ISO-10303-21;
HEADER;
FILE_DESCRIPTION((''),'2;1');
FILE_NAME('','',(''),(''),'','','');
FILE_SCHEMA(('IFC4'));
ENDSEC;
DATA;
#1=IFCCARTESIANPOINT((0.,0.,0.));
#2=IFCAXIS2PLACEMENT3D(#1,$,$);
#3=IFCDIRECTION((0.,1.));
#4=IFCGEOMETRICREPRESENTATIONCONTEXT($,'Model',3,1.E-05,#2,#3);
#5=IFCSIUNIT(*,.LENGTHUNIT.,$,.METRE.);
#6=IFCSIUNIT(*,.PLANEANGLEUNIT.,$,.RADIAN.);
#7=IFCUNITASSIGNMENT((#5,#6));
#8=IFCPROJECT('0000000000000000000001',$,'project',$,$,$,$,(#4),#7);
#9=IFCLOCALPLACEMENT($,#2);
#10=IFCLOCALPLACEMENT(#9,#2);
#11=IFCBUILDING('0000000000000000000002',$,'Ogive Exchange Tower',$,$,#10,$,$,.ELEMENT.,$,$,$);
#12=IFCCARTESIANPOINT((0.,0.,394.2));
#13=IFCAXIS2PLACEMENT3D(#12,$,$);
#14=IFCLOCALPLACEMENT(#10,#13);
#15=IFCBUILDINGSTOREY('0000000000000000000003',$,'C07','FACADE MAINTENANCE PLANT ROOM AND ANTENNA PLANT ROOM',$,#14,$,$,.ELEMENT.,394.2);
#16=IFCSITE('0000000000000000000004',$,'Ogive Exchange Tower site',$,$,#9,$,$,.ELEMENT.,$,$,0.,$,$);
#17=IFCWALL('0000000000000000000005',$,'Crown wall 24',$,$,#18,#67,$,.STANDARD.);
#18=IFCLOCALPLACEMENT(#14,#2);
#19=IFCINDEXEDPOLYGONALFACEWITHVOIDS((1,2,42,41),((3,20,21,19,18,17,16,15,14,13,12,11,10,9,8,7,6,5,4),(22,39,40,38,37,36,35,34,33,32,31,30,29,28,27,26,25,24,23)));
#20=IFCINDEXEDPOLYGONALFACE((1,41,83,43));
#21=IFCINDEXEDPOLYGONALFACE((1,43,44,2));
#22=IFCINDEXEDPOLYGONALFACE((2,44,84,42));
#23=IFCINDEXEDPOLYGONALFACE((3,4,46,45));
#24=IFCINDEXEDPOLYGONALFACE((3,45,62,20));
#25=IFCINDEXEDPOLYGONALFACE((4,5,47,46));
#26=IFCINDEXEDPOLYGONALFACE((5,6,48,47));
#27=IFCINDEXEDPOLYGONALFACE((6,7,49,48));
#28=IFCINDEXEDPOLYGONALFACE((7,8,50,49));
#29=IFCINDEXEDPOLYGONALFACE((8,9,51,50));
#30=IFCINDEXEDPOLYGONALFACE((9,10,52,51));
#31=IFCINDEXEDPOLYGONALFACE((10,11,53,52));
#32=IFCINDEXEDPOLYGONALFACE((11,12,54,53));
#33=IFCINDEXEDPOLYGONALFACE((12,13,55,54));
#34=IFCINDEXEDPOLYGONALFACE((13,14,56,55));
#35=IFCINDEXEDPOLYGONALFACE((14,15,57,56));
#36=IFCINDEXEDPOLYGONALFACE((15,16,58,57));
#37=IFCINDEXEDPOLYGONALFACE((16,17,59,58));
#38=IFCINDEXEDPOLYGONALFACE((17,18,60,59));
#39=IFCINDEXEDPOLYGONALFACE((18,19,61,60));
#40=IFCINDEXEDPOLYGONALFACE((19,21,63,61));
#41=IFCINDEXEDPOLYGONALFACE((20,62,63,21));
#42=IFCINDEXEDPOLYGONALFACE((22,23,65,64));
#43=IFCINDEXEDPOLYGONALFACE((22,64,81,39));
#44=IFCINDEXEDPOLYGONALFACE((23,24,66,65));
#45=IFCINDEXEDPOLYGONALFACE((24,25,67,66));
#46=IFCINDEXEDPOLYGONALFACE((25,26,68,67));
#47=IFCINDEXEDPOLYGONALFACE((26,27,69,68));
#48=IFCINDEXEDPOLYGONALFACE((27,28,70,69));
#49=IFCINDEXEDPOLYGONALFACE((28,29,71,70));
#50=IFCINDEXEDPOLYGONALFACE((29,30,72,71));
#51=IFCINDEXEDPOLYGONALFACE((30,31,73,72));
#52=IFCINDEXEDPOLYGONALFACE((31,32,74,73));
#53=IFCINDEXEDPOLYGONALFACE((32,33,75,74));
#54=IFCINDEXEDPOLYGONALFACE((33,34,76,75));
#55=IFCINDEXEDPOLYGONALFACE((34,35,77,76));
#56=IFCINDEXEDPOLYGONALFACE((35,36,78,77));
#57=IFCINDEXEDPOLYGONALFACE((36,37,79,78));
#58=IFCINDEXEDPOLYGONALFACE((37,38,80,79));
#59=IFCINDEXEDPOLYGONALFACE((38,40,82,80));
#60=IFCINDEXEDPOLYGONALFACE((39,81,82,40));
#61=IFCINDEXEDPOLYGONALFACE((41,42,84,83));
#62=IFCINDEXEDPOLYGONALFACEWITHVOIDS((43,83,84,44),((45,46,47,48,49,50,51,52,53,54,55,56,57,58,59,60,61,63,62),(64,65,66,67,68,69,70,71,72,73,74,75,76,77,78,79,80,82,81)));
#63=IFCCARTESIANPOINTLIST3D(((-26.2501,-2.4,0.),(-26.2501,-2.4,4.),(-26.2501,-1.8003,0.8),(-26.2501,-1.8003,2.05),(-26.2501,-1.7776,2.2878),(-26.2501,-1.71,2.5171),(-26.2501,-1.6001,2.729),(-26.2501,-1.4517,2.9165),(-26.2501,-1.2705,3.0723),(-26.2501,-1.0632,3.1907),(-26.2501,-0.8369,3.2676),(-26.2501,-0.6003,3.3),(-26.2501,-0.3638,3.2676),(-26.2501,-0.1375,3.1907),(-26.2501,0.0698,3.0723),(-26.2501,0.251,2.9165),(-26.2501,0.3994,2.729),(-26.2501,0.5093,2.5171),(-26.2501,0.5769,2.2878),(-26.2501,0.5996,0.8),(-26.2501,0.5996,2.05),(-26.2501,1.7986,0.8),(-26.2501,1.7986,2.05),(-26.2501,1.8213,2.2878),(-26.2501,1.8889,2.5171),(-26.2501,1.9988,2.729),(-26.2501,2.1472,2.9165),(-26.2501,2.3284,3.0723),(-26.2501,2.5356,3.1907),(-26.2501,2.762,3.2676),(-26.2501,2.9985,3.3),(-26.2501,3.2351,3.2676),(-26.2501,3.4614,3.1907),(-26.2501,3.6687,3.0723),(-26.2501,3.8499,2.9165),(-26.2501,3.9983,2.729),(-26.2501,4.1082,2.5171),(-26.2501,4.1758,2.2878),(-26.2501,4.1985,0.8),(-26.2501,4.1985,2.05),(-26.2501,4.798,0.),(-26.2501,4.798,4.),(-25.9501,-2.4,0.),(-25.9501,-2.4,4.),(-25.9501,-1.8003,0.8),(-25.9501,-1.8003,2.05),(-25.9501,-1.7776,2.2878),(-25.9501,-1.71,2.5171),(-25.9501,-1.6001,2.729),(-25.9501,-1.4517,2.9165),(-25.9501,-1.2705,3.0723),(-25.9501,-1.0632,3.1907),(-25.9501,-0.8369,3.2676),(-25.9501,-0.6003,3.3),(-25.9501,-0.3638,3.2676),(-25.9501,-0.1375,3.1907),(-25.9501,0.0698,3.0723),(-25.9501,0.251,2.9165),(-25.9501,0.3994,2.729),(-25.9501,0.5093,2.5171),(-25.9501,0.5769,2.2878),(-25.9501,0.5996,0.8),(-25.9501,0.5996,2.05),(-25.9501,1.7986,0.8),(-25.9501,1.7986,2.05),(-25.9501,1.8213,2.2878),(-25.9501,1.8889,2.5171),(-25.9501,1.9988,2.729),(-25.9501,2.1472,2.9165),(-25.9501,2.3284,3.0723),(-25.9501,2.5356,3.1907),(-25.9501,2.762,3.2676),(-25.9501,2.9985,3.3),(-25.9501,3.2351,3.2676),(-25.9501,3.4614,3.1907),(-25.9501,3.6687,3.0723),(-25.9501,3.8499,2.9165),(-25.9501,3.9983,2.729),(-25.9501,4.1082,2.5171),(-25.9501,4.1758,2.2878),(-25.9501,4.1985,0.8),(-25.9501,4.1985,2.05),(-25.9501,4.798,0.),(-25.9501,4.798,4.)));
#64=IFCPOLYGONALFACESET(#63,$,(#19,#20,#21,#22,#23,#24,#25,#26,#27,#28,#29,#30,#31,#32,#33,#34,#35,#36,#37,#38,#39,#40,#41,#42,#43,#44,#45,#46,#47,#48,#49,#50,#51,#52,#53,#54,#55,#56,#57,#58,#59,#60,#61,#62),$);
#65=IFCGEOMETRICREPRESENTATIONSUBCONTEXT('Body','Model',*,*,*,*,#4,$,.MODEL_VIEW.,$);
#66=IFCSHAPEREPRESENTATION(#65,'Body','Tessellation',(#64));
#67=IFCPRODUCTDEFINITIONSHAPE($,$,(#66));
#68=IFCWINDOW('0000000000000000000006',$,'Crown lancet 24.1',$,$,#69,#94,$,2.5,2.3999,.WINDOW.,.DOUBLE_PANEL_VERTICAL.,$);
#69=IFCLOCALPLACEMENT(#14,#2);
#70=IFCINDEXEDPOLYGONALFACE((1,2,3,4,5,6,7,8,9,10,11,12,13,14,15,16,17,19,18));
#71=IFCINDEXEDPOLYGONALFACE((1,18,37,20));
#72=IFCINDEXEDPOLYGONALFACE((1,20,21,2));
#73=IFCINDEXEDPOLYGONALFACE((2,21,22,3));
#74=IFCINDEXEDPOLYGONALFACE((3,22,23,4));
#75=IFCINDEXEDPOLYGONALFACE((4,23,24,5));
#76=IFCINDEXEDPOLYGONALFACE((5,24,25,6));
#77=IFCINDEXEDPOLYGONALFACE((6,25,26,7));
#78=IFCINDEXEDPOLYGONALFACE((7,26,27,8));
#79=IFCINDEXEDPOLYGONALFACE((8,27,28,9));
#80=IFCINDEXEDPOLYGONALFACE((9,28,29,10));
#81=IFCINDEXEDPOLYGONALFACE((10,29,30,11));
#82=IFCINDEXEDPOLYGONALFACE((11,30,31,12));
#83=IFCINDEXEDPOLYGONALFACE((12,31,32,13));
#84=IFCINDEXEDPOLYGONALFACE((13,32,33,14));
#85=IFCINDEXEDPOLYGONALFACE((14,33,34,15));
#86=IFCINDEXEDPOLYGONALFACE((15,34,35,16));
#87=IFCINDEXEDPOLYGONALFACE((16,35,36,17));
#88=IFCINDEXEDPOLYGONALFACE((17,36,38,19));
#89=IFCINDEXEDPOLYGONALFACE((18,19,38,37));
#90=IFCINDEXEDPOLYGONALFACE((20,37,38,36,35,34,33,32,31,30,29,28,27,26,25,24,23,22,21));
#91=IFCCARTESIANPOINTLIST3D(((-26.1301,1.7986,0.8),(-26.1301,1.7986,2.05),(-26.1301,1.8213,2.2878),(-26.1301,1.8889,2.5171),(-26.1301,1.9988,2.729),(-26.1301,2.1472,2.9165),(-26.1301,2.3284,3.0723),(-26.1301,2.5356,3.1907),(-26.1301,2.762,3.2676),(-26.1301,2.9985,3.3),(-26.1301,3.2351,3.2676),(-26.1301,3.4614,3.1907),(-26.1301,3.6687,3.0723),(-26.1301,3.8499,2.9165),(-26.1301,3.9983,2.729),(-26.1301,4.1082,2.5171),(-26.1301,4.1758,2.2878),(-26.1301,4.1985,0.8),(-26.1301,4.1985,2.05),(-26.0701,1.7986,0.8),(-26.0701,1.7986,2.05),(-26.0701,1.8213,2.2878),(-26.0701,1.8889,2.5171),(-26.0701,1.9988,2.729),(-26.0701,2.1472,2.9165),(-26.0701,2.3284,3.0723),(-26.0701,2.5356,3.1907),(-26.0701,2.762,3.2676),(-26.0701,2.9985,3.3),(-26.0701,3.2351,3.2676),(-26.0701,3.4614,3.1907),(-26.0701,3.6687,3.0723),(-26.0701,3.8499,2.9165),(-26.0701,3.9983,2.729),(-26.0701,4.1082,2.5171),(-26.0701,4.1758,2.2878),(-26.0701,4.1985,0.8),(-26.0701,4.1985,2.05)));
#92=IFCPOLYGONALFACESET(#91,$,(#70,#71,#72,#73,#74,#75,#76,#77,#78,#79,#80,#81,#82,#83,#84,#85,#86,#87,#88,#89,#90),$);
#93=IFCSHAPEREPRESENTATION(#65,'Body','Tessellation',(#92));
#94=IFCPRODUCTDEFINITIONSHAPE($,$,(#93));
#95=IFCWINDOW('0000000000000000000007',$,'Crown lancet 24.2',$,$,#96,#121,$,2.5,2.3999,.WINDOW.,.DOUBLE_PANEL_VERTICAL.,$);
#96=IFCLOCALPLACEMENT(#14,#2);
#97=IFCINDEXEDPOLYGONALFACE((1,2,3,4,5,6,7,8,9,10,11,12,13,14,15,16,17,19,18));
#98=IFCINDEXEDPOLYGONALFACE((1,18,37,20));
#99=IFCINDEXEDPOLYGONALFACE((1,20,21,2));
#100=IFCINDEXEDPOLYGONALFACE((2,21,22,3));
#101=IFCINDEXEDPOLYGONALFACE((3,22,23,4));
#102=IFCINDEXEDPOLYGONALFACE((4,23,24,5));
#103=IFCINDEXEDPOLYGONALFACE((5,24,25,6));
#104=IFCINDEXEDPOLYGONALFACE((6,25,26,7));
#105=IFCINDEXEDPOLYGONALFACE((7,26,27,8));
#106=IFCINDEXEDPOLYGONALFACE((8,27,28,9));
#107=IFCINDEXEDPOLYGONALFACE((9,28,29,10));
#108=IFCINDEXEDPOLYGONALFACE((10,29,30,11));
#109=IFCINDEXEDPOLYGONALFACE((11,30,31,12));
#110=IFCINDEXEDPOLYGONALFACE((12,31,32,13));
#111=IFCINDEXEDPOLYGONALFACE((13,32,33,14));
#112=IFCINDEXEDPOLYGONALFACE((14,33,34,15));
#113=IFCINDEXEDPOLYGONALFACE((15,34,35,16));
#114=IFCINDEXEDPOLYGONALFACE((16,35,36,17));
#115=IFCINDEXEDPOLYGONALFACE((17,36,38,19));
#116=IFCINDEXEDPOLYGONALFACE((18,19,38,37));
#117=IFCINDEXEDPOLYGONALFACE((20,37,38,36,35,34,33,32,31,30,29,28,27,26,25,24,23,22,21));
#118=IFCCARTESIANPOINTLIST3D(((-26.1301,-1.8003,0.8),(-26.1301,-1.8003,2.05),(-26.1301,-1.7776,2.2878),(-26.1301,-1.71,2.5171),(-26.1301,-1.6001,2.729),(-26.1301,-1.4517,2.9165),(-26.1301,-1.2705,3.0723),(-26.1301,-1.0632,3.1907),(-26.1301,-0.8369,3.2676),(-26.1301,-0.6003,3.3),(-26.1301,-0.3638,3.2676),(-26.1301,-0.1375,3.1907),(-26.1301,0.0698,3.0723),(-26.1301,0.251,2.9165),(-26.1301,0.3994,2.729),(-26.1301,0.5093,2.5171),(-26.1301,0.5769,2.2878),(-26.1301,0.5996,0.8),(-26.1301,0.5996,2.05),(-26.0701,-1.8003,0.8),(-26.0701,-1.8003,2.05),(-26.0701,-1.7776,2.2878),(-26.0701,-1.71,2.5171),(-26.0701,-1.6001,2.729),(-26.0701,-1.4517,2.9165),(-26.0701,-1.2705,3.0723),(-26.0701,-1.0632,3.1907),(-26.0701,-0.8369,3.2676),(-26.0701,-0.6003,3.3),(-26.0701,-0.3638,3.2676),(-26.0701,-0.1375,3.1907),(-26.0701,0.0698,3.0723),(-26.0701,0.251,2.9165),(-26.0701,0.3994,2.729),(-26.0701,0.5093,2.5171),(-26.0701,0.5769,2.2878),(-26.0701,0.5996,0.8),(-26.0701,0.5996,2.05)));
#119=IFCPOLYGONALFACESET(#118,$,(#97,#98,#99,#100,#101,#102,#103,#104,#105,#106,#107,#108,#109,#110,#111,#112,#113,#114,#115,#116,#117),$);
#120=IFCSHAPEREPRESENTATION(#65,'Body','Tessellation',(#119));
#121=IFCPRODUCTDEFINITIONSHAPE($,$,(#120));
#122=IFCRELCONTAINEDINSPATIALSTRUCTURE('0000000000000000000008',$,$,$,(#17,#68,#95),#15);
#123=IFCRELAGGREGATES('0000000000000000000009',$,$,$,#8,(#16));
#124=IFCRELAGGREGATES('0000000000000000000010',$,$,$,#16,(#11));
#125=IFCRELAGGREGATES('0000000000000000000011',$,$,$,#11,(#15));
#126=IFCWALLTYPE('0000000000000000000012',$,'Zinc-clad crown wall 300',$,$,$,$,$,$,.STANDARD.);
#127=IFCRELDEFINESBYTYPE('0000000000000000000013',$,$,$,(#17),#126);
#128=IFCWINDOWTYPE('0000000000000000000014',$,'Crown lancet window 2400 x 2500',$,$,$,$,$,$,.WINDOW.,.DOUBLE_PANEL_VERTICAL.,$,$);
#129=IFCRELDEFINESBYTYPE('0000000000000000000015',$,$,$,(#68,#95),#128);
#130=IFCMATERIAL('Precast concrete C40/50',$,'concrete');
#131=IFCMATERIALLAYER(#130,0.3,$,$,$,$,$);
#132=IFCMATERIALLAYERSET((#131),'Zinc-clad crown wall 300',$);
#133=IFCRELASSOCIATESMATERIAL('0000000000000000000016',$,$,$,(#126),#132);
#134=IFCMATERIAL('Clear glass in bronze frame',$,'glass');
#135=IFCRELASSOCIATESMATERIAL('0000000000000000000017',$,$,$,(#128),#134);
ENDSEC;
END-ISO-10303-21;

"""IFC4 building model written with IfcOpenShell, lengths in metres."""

from ifc_helpers import new_model, si_unit, direction, frame, frame_2d, origin, place, context, subcontext, project, spatial, polyline, rectangle, outline, extrude, material, layer, layer_set, type_object, element, fill, save


model = new_model("IFC4")

# Units and contexts
model_context = context("Model", 3, precision=1e-05, world=origin(), true_north=direction((0.0, 1.0)))
body_context = subcontext(model_context, "Body", "Model", "MODEL_VIEW")
ifc_project = project(units=[si_unit("LENGTHUNIT", "METRE"), si_unit("PLANEANGLEUNIT", "RADIAN")], contexts=[model_context])

# Site, building, storey
site_placement = place(None, origin())
site = spatial("IfcSite", under=ifc_project, at=site_placement, Name="Ogive Exchange Tower site", CompositionType="ELEMENT", RefElevation=0.0)
building_placement = place(site_placement, origin())
building = spatial("IfcBuilding", under=site, at=building_placement, Name="Ogive Exchange Tower", CompositionType="ELEMENT")
storey_placement = place(building_placement, frame((0.0, 0.0, 394.2)))
storey = spatial("IfcBuildingStorey", under=building, at=storey_placement, Name="C07", Description="FACADE MAINTENANCE PLANT ROOM AND ANTENNA PLANT ROOM", CompositionType="ELEMENT", Elevation=394.2)

# Wall, openings, windows
ifc_material_1 = material(Name="Precast concrete C40/50", Category="concrete")
ifc_layer_1 = layer(ifc_material_1, 0.3)
ifc_layer_set_1 = layer_set([ifc_layer_1], Name="Zinc-clad crown wall 300")
wall_type_1 = type_object("IfcWallType", Name="Zinc-clad crown wall 300", PredefinedType="STANDARD", material=ifc_layer_set_1)
wall_1_placement = place(storey_placement, frame((-26.1001, 4.7981, 0.0), z_axis=(0.0, 0.0, 1.0), x_axis=(0.0, -1.0, 0.0)))
wall_1 = element("IfcWall", 1, at=wall_1_placement, inside=storey, type_object=wall_type_1, Name="Crown wall 24", PredefinedType="STANDARD", context=body_context, shape_type="SweptSolid", body=[
    extrude(rectangle(XDim=7.198, YDim=0.3, at=frame_2d((3.5991, 0.0))), origin(), (0.0, 0.0, 1.0), 4.0),
])
opening_1_placement = place(wall_1_placement, frame((0.5996, 0.0, 0.8)))
opening_1 = element("IfcOpeningElement", 2, at=opening_1_placement, cuts=wall_1, PredefinedType="OPENING", context=body_context, shape_type="SweptSolid", body=[
    extrude(outline(polyline([(0.0, 0.0), (2.3999, 0.0), (2.3999, 1.25), (2.3772, 1.4878), (2.3096, 1.717), (2.1997, 1.929), (2.0513, 2.1165), (1.8701, 2.2722), (1.6628, 2.3906), (1.4365, 2.4675), (1.2, 2.5), (0.9634, 2.4675), (0.7371, 2.3906), (0.5298, 2.2722), (0.3486, 2.1165), (0.2002, 1.929), (0.0903, 1.717), (0.0227, 1.4878), (0.0, 1.25), (0.0, 0.0)])), frame((0.0, 0.1599, 0.0), z_axis=(0.0, -1.0, 0.0), x_axis=(1.0, 0.0, 0.0)), (0.0, 0.0, 1.0), 0.3201),
])
opening_2_placement = place(wall_1_placement, frame((4.1985, 0.0, 0.8)))
opening_2 = element("IfcOpeningElement", 3, at=opening_2_placement, cuts=wall_1, PredefinedType="OPENING", context=body_context, shape_type="SweptSolid", body=[
    extrude(outline(polyline([(0.0, 0.0), (2.3999, 0.0), (2.3999, 1.25), (2.3772, 1.4878), (2.3096, 1.717), (2.1997, 1.929), (2.0513, 2.1165), (1.8701, 2.2722), (1.6628, 2.3906), (1.4365, 2.4675), (1.2, 2.5), (0.9634, 2.4675), (0.7371, 2.3906), (0.5298, 2.2722), (0.3486, 2.1165), (0.2002, 1.929), (0.0903, 1.717), (0.0227, 1.4878), (0.0, 1.25), (0.0, 0.0)])), frame((0.0, 0.1599, 0.0), z_axis=(0.0, -1.0, 0.0), x_axis=(1.0, 0.0, 0.0)), (0.0, 0.0, 1.0), 0.3201),
])
ifc_material_2 = material(Name="Clear glass in bronze frame", Category="glass")
window_type_1 = type_object("IfcWindowType", Name="Crown lancet window 2400 x 2500", PartitioningType="DOUBLE_PANEL_VERTICAL", PredefinedType="WINDOW", material=ifc_material_2)
window_1_placement = place(opening_1_placement, origin())
window_1 = element("IfcWindow", 4, at=window_1_placement, inside=storey, type_object=window_type_1, Name="Crown lancet 24.1", OverallHeight=2.5, OverallWidth=2.3999, PartitioningType="DOUBLE_PANEL_VERTICAL", PredefinedType="WINDOW", context=body_context, shape_type="SweptSolid", body=[
    extrude(outline(polyline([(0.0, 0.0), (2.3999, 0.0), (2.3999, 1.25), (2.3772, 1.4878), (2.3096, 1.717), (2.1997, 1.929), (2.0513, 2.1165), (1.8701, 2.2722), (1.6628, 2.3906), (1.4365, 2.4675), (1.2, 2.5), (0.9634, 2.4675), (0.7371, 2.3906), (0.5298, 2.2722), (0.3486, 2.1165), (0.2002, 1.929), (0.0903, 1.717), (0.0227, 1.4878), (0.0, 1.25), (0.0, 0.0)])), frame((0.0, 0.03, 0.0), z_axis=(0.0, -1.0, 0.0), x_axis=(1.0, 0.0, 0.0)), (0.0, 0.0, 1.0), 0.0601),
])
fill(opening_1, window_1)
window_2_placement = place(opening_2_placement, origin())
window_2 = element("IfcWindow", 5, at=window_2_placement, inside=storey, type_object=window_type_1, Name="Crown lancet 24.2", OverallHeight=2.5, OverallWidth=2.3999, PartitioningType="DOUBLE_PANEL_VERTICAL", PredefinedType="WINDOW", context=body_context, shape_type="SweptSolid", body=[
    extrude(outline(polyline([(0.0, 0.0), (2.3999, 0.0), (2.3999, 1.25), (2.3772, 1.4878), (2.3096, 1.717), (2.1997, 1.929), (2.0513, 2.1165), (1.8701, 2.2722), (1.6628, 2.3906), (1.4365, 2.4675), (1.2, 2.5), (0.9634, 2.4675), (0.7371, 2.3906), (0.5298, 2.2722), (0.3486, 2.1165), (0.2002, 1.929), (0.0903, 1.717), (0.0227, 1.4878), (0.0, 1.25), (0.0, 0.0)])), frame((0.0, 0.03, 0.0), z_axis=(0.0, -1.0, 0.0), x_axis=(1.0, 0.0, 0.0)), (0.0, 0.0, 1.0), 0.0601),
])
fill(opening_2, window_2)

save(model, "model.ifc")
